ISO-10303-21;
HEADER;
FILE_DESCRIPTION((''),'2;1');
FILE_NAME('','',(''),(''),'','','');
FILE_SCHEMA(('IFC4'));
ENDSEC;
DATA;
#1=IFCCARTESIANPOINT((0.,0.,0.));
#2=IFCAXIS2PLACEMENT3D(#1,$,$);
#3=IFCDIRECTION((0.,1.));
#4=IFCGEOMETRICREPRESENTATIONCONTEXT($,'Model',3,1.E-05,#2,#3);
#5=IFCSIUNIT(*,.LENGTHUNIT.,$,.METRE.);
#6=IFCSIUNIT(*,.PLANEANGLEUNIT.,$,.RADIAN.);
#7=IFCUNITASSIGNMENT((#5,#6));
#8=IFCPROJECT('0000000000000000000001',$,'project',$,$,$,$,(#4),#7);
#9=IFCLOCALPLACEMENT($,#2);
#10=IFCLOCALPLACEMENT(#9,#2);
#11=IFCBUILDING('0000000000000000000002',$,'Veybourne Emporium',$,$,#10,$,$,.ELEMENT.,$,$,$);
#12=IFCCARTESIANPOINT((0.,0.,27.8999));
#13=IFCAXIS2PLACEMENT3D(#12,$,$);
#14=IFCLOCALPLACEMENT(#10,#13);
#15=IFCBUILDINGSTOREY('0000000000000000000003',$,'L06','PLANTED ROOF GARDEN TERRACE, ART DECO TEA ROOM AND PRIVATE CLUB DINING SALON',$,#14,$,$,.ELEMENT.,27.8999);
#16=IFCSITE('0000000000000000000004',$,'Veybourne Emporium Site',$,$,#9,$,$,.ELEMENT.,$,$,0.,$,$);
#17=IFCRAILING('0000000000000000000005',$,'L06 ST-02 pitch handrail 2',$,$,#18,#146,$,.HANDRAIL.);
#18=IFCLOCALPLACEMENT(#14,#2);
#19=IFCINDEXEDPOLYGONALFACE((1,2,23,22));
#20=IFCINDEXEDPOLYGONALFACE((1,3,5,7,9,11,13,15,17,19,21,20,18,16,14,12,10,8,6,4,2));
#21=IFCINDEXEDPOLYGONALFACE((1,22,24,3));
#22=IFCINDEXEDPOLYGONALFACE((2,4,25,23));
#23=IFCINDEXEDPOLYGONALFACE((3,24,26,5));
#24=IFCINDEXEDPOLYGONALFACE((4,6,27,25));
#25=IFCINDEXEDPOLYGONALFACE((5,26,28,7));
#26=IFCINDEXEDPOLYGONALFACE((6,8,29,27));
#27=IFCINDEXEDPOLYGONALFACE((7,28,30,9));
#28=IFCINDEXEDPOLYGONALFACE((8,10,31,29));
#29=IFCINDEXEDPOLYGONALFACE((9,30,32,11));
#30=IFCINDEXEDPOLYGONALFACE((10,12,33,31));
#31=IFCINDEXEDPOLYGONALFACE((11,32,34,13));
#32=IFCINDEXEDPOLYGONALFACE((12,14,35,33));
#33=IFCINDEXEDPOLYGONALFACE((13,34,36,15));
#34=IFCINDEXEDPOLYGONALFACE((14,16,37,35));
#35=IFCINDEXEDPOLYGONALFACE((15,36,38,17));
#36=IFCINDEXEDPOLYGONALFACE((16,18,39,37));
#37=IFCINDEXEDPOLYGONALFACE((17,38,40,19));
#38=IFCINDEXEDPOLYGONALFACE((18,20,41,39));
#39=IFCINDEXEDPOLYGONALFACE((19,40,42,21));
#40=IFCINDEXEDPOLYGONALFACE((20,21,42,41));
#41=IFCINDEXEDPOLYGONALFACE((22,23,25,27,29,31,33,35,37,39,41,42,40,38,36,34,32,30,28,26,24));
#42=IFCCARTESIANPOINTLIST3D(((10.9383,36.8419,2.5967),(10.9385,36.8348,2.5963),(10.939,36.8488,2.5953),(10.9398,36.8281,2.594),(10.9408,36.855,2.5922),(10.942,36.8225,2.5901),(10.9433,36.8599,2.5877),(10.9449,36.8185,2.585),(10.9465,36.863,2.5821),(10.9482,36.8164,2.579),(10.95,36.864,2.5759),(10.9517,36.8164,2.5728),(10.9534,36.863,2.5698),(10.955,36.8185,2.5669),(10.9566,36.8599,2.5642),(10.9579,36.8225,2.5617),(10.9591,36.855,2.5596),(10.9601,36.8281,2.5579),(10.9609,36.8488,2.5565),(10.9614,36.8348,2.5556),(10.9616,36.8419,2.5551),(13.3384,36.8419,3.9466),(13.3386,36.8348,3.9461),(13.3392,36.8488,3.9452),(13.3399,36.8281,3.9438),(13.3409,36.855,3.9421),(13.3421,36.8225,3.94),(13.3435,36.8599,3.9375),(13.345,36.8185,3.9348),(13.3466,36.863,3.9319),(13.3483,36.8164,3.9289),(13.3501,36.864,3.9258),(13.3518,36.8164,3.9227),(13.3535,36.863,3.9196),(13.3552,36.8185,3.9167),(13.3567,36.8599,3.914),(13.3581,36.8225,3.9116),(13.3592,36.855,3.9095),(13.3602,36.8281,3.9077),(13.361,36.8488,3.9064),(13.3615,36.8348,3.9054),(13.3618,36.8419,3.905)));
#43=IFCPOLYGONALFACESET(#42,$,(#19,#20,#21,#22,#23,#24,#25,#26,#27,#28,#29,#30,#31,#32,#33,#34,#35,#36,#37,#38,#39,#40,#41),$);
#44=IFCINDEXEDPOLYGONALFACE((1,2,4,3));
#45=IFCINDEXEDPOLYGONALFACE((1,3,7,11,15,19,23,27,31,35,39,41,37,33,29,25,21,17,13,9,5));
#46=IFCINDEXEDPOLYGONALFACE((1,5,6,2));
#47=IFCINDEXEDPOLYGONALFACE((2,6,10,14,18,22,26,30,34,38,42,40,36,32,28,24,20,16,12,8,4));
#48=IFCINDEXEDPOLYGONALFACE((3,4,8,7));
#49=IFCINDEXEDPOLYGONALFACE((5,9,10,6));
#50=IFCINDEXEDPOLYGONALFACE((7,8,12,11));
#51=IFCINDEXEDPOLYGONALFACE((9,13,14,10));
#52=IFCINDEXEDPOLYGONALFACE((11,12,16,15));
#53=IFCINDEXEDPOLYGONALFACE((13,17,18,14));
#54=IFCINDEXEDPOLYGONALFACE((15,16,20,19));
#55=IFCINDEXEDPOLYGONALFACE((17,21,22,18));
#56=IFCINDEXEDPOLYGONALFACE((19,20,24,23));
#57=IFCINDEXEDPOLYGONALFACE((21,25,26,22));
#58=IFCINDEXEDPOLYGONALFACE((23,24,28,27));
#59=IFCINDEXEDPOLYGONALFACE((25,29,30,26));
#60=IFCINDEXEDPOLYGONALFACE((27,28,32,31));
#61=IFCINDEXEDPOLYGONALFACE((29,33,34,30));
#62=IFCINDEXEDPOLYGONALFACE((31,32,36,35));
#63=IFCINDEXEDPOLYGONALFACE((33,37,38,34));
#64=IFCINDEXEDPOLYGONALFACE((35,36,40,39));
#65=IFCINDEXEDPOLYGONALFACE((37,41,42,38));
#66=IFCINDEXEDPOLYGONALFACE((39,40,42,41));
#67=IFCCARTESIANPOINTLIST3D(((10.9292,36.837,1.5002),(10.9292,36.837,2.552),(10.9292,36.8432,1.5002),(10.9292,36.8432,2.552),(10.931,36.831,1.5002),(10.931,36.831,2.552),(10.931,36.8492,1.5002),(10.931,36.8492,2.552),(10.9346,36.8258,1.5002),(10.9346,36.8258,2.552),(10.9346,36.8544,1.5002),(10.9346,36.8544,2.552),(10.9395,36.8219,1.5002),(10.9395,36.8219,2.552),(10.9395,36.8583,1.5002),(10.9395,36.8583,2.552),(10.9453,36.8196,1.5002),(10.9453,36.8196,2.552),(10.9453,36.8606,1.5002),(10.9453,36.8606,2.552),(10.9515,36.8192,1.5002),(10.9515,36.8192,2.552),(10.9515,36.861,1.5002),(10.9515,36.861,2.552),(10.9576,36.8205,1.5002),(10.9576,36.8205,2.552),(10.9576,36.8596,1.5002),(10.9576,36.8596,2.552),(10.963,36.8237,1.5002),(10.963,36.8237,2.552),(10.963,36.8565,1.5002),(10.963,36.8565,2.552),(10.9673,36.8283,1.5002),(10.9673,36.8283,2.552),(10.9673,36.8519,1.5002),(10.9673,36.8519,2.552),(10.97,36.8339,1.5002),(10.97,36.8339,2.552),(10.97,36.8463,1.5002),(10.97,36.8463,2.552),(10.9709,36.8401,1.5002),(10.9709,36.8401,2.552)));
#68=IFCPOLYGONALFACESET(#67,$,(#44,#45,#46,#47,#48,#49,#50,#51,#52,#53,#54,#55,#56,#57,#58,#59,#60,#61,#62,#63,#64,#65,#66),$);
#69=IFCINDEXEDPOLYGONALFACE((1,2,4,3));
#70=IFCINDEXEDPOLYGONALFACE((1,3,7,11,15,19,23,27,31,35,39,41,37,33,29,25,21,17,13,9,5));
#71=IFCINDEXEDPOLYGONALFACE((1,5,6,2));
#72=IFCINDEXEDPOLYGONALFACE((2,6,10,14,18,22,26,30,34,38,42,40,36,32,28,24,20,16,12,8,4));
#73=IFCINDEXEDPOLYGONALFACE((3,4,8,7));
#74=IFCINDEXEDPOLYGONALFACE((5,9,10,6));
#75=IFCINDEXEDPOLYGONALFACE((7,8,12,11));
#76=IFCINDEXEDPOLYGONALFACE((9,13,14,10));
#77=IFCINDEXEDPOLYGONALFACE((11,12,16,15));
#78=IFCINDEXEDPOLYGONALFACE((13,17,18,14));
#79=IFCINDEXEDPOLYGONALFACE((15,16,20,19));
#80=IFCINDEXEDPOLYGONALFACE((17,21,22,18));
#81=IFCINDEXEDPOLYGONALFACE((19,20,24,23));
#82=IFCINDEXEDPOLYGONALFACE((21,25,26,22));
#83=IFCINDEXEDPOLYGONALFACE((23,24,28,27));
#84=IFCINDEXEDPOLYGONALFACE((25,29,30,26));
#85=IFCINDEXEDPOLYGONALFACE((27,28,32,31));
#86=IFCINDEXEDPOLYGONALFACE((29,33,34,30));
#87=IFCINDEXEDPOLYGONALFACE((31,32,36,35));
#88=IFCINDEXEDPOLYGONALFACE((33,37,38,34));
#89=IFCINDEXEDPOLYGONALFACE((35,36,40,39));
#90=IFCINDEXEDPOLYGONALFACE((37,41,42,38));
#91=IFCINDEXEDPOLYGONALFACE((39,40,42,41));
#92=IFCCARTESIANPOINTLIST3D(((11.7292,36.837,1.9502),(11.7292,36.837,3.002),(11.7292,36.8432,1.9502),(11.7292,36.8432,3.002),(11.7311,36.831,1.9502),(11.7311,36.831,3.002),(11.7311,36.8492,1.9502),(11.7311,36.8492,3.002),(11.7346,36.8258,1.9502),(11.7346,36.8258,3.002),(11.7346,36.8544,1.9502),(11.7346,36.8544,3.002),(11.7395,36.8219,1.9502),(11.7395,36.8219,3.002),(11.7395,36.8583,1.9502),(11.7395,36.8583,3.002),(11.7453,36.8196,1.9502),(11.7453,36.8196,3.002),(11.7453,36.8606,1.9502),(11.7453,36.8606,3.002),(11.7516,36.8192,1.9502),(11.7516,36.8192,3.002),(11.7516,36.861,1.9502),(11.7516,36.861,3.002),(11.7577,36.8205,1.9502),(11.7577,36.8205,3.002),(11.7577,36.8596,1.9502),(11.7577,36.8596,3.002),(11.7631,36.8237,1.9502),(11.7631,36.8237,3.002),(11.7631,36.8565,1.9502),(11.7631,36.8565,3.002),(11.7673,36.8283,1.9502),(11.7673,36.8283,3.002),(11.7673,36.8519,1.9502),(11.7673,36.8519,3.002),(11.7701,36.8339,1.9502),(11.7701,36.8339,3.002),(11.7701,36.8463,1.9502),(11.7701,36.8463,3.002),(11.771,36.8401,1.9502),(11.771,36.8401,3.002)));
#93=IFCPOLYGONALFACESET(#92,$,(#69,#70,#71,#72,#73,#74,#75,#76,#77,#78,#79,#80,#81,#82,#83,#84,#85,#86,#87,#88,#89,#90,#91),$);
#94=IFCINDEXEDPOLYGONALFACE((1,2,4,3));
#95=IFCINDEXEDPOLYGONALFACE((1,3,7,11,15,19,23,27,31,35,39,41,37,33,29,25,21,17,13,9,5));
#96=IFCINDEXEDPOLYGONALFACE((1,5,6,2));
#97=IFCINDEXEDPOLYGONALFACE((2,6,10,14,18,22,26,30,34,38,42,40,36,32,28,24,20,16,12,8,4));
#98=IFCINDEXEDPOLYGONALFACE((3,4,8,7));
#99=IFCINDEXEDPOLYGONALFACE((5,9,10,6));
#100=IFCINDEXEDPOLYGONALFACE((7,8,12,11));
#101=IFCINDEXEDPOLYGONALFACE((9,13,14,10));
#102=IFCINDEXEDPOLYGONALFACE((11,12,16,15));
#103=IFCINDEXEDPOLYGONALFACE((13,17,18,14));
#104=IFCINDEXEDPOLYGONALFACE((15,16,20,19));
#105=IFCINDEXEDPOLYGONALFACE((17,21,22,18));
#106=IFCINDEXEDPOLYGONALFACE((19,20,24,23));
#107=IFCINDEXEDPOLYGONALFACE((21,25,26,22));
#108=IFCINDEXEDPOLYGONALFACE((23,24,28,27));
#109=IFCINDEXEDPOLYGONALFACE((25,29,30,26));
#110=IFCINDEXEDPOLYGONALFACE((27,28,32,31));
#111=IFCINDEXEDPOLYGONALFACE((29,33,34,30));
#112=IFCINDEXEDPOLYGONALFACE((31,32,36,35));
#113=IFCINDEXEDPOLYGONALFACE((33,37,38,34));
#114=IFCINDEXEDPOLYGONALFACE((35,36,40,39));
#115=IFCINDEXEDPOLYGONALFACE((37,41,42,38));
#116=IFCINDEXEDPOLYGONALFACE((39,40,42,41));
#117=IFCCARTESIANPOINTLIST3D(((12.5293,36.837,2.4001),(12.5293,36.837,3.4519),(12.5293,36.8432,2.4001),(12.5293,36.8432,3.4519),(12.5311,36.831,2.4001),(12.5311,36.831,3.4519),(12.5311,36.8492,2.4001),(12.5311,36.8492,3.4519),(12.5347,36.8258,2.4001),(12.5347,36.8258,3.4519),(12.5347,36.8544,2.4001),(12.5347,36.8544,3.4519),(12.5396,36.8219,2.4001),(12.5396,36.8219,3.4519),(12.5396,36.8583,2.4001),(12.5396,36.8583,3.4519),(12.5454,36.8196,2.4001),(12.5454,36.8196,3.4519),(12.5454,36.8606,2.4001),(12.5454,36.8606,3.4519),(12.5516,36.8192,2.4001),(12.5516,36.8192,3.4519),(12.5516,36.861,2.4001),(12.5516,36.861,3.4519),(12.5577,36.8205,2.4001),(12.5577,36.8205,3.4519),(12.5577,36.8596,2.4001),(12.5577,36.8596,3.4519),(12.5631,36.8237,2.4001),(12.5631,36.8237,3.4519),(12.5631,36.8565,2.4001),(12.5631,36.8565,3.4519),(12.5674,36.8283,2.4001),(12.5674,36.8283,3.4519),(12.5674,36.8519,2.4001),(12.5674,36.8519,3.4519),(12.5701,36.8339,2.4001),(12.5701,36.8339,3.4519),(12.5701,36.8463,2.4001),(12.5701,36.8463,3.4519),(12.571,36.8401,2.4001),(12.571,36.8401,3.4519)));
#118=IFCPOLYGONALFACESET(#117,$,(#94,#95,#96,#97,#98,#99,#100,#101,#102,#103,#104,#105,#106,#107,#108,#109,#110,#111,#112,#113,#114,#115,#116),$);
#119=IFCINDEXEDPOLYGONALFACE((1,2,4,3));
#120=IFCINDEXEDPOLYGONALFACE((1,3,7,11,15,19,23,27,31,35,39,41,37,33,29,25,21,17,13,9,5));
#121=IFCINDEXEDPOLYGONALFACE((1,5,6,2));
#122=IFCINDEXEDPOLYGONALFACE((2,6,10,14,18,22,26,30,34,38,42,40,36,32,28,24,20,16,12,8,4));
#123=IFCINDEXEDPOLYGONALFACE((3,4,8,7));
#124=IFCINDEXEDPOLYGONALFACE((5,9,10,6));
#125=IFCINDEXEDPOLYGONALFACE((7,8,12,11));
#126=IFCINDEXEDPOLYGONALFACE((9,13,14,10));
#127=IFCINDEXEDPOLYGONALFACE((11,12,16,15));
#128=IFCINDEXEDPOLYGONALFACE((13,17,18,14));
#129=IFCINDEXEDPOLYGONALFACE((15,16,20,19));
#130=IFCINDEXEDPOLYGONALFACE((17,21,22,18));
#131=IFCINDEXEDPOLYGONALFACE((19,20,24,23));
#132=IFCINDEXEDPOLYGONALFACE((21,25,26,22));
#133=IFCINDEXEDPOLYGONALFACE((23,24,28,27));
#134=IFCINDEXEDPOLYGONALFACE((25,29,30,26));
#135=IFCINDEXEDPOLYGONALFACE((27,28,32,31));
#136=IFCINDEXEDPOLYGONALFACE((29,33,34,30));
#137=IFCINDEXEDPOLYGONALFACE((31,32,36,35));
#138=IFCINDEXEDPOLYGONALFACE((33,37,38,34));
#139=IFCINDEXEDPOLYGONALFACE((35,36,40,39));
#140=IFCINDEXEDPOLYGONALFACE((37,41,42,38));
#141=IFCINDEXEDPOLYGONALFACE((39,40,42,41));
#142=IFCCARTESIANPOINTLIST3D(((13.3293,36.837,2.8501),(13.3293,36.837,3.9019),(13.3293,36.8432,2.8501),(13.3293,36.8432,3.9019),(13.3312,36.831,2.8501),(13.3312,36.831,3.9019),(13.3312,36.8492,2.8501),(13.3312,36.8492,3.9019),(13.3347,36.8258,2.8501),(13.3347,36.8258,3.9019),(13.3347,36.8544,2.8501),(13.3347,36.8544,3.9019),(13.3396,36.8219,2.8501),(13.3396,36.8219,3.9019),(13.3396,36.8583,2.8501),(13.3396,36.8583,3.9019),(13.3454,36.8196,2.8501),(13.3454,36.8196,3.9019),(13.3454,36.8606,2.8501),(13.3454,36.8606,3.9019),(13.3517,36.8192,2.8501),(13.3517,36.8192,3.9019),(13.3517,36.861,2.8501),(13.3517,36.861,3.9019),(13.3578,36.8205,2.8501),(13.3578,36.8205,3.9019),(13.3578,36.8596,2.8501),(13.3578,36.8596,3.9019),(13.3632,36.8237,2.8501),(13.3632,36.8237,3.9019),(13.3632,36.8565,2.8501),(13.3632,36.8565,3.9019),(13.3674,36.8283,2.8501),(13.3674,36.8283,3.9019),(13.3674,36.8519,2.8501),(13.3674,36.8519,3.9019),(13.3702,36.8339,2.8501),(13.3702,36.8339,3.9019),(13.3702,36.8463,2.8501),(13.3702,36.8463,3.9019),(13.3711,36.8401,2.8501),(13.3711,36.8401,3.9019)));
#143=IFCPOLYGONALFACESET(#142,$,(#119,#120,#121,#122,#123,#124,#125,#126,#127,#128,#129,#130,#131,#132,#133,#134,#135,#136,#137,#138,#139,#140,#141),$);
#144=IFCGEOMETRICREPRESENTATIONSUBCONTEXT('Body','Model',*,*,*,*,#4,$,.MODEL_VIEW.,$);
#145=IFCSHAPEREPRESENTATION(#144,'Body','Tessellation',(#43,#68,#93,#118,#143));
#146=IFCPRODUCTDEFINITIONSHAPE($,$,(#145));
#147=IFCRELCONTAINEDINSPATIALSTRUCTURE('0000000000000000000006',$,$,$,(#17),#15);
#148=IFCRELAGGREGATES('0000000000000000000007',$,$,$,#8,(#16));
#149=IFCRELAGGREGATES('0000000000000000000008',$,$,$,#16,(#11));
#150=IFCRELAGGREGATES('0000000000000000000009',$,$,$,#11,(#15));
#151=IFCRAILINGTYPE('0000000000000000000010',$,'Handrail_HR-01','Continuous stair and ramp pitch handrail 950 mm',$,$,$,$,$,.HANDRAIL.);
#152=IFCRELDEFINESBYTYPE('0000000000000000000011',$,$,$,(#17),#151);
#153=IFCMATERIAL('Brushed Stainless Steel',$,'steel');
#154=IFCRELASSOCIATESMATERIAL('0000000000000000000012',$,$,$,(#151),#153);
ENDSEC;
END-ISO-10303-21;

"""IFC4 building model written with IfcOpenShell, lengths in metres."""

from ifc_helpers import new_model, si_unit, direction, frame, origin, origin_2d, place, context, subcontext, project, spatial, circle, extrude, material, type_object, element, save


model = new_model("IFC4")

# Units and contexts
model_context = context("Model", 3, precision=1e-05, world=origin(), true_north=direction((0.0, 1.0)))
body_context = subcontext(model_context, "Body", "Model", "MODEL_VIEW")
ifc_project = project(units=[si_unit("LENGTHUNIT", "METRE"), si_unit("PLANEANGLEUNIT", "RADIAN")], contexts=[model_context])

# Site, building, storey
site_placement = place(None, origin())
site = spatial("IfcSite", under=ifc_project, at=site_placement, Name="Veybourne Emporium Site", CompositionType="ELEMENT", RefElevation=0.0)
building_placement = place(site_placement, origin())
building = spatial("IfcBuilding", under=site, at=building_placement, Name="Veybourne Emporium", CompositionType="ELEMENT")
storey_placement = place(building_placement, frame((0.0, 0.0, 27.8999)))
storey = spatial("IfcBuildingStorey", under=building, at=storey_placement, Name="L06", Description="PLANTED ROOF GARDEN TERRACE, ART DECO TEA ROOM AND PRIVATE CLUB DINING SALON", CompositionType="ELEMENT", Elevation=27.8999)

# Railing
ifc_material_1 = material(Name="Brushed Stainless Steel", Category="steel")
railing_type_1 = type_object("IfcRailingType", Name="Handrail_HR-01", Description="Continuous stair and ramp pitch handrail 950 mm", PredefinedType="HANDRAIL", material=ifc_material_1)
railing_1_placement = place(storey_placement, frame((10.95, 36.8401, 1.6501)))
element("IfcRailing", 1, at=railing_1_placement, inside=storey, type_object=railing_type_1, Name="L06 ST-02 pitch handrail 2", PredefinedType="HANDRAIL", context=body_context, shape_type="SweptSolid", body=[
    extrude(circle(Radius=0.0239, at=origin_2d()), frame((0.0, 0.0, 0.9258), z_axis=(0.871611, 0.0, 0.490198), x_axis=(0.0, 1.0, 0.0)), (0.0, 0.0, 1.0), 2.7537),
    extrude(circle(Radius=0.021, at=origin_2d()), frame((0.0, 0.0, -0.1499)), (0.0, 0.0, 1.0), 1.0518),
    extrude(circle(Radius=0.021, at=origin_2d()), frame((0.8, 0.0, 0.3)), (0.0, 0.0, 1.0), 1.0518),
    extrude(circle(Radius=0.021, at=origin_2d()), frame((1.6001, 0.0, 0.75)), (0.0, 0.0, 1.0), 1.0518),
    extrude(circle(Radius=0.021, at=origin_2d()), frame((2.4001, 0.0, 1.2)), (0.0, 0.0, 1.0), 1.0518),
])

save(model, "model.ifc")
